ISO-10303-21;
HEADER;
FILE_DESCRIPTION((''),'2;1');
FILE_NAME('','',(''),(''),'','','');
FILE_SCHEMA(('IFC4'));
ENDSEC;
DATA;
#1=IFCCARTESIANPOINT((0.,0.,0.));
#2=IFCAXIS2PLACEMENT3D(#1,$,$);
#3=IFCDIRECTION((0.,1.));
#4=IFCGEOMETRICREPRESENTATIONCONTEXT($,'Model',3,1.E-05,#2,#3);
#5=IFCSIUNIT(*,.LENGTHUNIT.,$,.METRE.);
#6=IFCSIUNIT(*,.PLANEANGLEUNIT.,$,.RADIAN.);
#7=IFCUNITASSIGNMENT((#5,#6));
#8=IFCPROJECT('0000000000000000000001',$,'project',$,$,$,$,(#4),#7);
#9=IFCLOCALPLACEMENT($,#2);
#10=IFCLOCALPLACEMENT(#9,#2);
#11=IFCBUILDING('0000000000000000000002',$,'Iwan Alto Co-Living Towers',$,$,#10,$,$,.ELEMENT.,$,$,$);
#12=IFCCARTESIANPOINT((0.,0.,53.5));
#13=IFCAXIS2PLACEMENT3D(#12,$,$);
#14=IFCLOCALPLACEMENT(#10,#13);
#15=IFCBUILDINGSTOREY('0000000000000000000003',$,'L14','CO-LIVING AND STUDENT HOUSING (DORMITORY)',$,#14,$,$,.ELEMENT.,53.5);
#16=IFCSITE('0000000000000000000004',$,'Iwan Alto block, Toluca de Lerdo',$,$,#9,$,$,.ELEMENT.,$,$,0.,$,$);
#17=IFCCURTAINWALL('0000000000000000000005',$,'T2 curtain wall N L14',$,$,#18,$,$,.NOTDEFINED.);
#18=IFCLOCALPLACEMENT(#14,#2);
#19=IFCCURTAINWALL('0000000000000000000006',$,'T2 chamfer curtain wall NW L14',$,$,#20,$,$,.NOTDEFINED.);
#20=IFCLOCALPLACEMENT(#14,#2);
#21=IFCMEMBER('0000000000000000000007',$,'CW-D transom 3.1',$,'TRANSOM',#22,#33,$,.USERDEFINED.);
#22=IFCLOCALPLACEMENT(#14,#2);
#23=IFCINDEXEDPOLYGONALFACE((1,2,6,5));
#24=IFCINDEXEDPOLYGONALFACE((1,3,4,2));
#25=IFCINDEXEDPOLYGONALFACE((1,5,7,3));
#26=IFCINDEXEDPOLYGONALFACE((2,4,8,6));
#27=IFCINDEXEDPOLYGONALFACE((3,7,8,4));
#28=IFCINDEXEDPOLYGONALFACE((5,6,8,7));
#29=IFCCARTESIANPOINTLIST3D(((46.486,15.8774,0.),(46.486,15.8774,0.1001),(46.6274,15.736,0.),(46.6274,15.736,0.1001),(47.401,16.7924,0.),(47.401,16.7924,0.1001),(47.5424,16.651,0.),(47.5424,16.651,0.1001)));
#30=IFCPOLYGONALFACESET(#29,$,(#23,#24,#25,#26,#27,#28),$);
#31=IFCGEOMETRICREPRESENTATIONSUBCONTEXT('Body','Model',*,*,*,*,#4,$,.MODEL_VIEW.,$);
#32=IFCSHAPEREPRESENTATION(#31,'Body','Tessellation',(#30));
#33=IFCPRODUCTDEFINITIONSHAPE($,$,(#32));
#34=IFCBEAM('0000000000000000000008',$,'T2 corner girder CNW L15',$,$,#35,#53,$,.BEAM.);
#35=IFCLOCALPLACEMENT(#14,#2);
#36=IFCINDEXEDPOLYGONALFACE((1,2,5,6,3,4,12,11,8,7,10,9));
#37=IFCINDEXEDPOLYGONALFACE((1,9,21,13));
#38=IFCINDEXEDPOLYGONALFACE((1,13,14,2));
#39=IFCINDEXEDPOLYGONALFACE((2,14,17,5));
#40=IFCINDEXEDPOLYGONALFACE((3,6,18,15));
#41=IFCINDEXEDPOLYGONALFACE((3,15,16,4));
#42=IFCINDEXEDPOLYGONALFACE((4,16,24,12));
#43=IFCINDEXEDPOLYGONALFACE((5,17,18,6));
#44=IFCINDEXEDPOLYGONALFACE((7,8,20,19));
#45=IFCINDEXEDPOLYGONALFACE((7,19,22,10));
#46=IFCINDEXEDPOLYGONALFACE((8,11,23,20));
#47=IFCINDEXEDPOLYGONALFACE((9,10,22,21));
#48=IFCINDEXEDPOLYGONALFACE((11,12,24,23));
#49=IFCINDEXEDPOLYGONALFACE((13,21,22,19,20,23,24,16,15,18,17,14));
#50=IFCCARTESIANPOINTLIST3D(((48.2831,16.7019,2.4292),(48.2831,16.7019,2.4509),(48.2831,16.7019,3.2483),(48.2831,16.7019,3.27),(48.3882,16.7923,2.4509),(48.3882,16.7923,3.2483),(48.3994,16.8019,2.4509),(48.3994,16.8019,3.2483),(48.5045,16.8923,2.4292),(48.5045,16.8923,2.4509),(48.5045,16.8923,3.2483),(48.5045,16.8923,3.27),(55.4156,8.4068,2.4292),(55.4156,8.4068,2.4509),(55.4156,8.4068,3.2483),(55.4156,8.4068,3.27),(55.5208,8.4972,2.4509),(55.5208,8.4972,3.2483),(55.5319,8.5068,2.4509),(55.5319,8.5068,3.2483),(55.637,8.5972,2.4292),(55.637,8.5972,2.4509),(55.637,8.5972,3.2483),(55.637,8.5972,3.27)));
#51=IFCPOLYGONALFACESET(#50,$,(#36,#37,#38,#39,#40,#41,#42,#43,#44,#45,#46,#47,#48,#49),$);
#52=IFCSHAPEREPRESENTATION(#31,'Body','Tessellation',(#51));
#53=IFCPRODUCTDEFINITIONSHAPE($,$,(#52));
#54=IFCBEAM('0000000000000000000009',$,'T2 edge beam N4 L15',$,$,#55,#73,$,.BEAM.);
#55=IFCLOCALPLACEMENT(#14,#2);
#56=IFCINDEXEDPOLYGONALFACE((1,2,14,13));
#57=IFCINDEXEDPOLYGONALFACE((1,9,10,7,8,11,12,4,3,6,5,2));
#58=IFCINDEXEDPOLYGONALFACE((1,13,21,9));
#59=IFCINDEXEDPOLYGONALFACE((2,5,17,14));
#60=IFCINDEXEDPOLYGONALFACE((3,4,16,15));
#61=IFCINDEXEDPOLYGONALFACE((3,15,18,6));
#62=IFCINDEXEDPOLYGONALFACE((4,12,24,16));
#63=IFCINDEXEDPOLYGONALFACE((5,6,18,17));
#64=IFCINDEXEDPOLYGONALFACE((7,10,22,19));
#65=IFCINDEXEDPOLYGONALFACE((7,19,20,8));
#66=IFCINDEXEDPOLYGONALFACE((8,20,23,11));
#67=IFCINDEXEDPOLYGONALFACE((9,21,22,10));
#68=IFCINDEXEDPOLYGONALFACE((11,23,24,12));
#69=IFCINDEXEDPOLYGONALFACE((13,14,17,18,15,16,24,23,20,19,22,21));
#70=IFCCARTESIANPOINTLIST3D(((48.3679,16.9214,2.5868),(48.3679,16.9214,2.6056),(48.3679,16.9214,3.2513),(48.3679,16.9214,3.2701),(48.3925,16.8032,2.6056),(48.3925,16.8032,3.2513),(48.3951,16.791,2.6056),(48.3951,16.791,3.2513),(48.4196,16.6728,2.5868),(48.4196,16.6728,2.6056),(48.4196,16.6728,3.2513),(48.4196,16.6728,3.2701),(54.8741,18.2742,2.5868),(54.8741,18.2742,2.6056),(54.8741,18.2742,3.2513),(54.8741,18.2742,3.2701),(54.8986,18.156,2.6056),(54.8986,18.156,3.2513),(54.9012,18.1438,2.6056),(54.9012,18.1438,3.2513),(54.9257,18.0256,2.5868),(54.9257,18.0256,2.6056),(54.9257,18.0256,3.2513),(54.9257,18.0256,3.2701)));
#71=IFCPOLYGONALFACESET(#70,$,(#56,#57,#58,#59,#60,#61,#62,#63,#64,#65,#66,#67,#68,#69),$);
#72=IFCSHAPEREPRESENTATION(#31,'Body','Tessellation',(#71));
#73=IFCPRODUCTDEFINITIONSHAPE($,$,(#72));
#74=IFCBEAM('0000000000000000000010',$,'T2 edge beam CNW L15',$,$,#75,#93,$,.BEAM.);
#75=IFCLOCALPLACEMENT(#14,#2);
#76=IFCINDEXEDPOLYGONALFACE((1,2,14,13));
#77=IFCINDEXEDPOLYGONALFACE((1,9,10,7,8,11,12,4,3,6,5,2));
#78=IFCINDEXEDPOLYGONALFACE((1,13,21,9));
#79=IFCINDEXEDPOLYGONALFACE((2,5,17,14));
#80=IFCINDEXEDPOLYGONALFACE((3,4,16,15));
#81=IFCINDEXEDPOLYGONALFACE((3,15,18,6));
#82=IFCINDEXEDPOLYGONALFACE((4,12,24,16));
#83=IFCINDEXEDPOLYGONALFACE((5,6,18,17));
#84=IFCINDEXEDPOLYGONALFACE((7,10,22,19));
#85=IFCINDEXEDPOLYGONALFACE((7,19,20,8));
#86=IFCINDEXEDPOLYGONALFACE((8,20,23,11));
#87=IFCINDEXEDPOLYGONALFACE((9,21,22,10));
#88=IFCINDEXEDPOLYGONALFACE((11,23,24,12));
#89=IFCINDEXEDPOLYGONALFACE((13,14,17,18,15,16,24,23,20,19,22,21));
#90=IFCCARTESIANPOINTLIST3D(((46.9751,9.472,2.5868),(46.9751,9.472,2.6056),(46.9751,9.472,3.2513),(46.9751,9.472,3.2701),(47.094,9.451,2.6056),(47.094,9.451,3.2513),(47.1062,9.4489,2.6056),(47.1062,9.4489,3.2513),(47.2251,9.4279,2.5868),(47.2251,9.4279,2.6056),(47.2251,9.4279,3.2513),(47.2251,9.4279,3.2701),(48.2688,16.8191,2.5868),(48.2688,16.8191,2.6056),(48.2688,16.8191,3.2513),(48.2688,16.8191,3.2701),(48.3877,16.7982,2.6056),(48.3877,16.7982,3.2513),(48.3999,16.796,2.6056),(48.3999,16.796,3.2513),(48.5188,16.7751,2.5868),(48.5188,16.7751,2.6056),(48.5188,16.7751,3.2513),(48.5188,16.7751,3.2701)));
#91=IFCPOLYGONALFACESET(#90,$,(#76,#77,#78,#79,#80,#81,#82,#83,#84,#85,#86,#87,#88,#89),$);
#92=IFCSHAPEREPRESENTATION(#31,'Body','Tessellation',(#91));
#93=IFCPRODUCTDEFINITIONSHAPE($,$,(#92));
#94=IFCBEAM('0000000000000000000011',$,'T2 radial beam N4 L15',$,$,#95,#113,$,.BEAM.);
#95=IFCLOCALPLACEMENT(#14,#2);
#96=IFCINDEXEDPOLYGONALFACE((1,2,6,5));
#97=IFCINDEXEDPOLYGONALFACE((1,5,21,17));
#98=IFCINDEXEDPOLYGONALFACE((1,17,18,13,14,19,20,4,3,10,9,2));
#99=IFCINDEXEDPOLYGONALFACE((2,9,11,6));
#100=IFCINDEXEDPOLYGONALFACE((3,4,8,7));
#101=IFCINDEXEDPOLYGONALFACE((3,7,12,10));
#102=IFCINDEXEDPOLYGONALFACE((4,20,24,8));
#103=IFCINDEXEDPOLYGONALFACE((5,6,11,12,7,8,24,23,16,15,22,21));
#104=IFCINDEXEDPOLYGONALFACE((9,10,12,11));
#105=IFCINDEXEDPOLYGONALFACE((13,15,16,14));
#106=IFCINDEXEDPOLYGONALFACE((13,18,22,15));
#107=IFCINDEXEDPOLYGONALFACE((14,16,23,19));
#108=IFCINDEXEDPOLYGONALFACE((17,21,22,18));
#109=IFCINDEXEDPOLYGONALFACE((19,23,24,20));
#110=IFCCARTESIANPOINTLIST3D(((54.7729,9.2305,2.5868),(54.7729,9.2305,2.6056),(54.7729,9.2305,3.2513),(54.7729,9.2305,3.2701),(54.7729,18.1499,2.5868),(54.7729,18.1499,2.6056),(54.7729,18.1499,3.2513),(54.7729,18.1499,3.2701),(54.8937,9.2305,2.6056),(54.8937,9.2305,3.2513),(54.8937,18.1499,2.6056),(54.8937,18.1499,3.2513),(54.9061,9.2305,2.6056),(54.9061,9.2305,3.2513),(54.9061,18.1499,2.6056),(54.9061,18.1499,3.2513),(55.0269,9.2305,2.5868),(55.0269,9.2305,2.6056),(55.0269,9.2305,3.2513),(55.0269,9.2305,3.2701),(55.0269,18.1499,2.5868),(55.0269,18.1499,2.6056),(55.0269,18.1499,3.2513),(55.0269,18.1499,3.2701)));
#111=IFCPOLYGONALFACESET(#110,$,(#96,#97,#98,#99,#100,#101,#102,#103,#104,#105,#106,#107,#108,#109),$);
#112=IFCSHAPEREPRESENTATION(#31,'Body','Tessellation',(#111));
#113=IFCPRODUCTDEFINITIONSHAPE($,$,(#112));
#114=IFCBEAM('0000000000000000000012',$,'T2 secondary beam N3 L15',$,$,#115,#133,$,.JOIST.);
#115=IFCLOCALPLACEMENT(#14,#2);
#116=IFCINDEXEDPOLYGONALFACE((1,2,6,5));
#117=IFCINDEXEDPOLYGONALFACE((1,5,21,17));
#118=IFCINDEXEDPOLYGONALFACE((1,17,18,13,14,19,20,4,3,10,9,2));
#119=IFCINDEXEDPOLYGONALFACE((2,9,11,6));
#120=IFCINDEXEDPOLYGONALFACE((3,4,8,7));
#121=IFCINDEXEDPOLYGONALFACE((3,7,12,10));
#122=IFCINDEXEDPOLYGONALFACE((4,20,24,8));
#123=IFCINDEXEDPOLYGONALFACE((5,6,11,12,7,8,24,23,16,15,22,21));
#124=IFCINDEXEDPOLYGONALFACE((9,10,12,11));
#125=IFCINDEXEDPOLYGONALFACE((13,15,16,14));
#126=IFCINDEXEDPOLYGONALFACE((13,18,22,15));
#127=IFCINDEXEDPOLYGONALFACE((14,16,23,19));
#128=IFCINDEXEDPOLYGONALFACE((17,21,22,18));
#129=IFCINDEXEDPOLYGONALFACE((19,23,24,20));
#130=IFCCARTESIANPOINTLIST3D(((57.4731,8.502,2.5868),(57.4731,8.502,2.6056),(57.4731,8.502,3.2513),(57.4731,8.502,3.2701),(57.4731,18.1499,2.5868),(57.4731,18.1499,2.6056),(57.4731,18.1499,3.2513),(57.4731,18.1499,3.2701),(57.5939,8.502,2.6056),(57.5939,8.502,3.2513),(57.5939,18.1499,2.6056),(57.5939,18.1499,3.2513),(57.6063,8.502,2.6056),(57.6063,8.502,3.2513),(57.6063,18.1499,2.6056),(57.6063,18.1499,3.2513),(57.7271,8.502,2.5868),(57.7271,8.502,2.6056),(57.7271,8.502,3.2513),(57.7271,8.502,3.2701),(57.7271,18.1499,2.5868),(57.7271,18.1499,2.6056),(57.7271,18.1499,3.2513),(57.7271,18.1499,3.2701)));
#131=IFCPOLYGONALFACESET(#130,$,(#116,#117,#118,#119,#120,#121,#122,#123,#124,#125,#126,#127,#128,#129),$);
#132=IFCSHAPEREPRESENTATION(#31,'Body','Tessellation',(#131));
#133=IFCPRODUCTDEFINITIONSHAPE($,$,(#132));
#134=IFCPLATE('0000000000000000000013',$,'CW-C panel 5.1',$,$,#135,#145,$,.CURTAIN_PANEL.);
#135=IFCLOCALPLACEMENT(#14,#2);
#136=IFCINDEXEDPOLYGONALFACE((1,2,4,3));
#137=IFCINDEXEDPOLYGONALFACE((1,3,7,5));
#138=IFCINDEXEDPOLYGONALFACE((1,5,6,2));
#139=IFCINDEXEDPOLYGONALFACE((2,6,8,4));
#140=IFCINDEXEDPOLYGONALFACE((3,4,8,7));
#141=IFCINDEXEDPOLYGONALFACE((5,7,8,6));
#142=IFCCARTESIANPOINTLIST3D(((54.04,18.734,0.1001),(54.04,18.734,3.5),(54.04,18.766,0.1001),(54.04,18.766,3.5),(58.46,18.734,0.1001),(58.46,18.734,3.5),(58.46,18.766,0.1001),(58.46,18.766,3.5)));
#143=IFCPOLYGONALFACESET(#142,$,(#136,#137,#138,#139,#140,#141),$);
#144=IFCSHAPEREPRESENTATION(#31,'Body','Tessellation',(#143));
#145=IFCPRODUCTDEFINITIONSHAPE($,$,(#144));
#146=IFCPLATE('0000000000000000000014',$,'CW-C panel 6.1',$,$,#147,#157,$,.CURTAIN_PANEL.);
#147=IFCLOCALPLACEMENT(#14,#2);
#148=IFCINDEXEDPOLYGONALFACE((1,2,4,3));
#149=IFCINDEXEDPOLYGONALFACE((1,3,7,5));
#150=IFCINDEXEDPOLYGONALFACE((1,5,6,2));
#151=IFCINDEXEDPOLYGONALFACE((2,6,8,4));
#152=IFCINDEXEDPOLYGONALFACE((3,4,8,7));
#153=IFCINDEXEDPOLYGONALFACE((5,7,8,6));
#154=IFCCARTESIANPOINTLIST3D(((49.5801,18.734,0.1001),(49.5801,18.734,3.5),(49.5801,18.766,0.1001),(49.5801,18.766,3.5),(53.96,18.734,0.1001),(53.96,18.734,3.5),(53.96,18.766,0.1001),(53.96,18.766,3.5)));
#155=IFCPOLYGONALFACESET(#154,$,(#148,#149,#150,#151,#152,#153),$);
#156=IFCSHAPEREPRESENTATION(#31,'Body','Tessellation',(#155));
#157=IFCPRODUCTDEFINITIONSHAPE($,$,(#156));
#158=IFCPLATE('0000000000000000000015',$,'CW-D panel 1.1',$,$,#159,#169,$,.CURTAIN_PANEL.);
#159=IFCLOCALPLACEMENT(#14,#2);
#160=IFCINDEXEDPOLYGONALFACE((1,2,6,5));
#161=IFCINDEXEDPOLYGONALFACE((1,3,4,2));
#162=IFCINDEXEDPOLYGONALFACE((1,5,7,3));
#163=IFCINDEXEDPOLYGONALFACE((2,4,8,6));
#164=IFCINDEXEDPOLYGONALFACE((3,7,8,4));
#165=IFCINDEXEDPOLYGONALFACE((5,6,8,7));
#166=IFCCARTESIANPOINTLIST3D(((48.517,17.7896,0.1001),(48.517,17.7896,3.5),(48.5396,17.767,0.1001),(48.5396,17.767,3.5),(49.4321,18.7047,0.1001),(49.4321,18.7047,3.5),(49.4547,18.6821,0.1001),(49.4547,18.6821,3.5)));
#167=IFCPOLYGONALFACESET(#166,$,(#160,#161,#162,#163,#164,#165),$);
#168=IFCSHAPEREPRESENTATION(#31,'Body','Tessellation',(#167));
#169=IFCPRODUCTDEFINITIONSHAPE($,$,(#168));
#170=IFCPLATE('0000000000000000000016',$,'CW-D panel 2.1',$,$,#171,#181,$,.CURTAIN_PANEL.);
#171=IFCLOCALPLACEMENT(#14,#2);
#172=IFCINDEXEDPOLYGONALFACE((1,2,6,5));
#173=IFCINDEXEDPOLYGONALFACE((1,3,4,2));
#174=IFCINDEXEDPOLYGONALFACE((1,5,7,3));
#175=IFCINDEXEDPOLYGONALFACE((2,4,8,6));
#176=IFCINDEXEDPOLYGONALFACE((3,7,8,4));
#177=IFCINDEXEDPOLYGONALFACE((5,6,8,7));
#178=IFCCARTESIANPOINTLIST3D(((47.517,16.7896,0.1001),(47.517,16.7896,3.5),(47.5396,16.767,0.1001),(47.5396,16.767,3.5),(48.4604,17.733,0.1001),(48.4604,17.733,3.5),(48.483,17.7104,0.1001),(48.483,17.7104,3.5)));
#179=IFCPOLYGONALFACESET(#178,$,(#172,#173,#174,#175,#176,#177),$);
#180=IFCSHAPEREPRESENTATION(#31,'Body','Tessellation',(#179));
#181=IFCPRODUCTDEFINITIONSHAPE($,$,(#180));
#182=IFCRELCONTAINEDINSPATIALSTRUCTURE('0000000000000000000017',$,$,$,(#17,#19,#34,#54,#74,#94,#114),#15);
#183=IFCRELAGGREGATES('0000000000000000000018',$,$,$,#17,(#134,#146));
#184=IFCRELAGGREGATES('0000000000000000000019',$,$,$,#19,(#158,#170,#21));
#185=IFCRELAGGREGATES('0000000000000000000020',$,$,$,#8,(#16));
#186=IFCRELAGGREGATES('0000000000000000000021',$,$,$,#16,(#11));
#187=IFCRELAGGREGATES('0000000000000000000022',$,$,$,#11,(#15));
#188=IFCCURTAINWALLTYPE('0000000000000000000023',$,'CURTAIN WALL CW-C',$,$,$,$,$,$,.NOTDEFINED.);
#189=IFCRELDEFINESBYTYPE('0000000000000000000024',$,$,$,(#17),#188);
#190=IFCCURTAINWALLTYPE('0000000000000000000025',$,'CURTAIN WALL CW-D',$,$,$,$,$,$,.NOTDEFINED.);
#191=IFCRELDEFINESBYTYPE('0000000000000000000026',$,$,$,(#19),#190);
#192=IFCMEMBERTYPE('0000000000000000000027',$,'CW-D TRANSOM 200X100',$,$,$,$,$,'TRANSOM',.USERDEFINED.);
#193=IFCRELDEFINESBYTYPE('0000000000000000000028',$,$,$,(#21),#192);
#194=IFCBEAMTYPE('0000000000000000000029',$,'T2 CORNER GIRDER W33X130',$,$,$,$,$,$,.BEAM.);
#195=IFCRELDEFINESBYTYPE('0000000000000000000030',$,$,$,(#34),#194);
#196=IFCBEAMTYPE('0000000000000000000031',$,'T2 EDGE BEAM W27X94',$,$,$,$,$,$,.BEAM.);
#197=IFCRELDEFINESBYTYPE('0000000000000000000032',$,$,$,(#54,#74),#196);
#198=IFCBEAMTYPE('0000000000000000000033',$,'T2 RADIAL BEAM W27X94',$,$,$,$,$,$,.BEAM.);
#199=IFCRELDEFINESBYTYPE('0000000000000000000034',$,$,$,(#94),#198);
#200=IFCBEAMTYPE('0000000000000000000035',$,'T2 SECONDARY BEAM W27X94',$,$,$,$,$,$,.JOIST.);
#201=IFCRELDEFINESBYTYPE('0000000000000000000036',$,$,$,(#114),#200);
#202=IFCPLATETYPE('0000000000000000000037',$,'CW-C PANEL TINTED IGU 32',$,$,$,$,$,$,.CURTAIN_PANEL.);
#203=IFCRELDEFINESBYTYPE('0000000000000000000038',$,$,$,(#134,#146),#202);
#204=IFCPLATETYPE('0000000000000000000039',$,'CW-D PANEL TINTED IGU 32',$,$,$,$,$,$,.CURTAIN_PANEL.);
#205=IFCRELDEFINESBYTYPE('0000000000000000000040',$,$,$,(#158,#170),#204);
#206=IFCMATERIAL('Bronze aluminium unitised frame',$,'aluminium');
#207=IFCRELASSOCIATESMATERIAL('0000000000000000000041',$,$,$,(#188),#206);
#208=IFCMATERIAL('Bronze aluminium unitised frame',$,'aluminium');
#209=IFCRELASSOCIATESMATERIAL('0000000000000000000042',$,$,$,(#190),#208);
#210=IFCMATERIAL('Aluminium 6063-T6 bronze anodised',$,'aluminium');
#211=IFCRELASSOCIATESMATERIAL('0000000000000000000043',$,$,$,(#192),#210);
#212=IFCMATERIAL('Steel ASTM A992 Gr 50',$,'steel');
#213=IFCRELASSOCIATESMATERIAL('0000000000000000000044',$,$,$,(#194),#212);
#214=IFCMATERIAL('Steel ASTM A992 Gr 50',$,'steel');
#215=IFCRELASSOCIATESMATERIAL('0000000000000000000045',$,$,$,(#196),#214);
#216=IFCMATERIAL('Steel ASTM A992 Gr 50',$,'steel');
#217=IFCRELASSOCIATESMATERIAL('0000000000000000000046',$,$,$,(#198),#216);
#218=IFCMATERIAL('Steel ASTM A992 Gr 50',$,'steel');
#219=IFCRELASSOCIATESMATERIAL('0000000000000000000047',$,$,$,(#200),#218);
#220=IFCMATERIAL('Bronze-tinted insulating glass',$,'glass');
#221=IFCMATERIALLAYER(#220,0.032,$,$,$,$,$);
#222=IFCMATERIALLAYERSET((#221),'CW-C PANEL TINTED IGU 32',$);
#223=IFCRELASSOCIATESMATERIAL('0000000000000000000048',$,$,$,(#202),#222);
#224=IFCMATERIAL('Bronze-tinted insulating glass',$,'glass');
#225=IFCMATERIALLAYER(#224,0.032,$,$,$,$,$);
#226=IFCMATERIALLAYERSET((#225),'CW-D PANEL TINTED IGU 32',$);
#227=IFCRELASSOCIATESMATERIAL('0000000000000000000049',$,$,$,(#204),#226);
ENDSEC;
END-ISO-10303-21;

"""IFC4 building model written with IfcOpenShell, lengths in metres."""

from ifc_helpers import new_model, si_unit, direction, frame, origin, origin_2d, place, context, subcontext, project, spatial, rectangle, i_section, extrude, material, layer, layer_set, material_profile, profile_set, type_object, element, aggregate, save


model = new_model("IFC4")

# Units and contexts
model_context = context("Model", 3, precision=1e-05, world=origin(), true_north=direction((0.0, 1.0)))
body_context = subcontext(model_context, "Body", "Model", "MODEL_VIEW")
ifc_project = project(units=[si_unit("LENGTHUNIT", "METRE"), si_unit("PLANEANGLEUNIT", "RADIAN")], contexts=[model_context])

# Site, building, storey
site_placement = place(None, origin())
site = spatial("IfcSite", under=ifc_project, at=site_placement, Name="Iwan Alto block, Toluca de Lerdo", CompositionType="ELEMENT", RefElevation=0.0)
building_placement = place(site_placement, origin())
building = spatial("IfcBuilding", under=site, at=building_placement, Name="Iwan Alto Co-Living Towers", CompositionType="ELEMENT")
storey_placement = place(building_placement, frame((0.0, 0.0, 53.5)))
storey = spatial("IfcBuildingStorey", under=building, at=storey_placement, Name="L14", Description="CO-LIVING AND STUDENT HOUSING (DORMITORY)", CompositionType="ELEMENT", Elevation=53.5)

# Curtain walls, member
ifc_material_1 = material(Name="Bronze aluminium unitised frame", Category="aluminium")
curtain_wall_type_1 = type_object("IfcCurtainWallType", Name="CURTAIN WALL CW-C", PredefinedType="NOTDEFINED", material=ifc_material_1)
curtain_wall_1_placement = place(storey_placement, origin())
curtain_wall_1 = element("IfcCurtainWall", 1, at=curtain_wall_1_placement, inside=storey, type_object=curtain_wall_type_1, Name="T2 curtain wall N L14", PredefinedType="NOTDEFINED")
ifc_material_2 = material(Name="Bronze aluminium unitised frame", Category="aluminium")
curtain_wall_type_2 = type_object("IfcCurtainWallType", Name="CURTAIN WALL CW-D", PredefinedType="NOTDEFINED", material=ifc_material_2)
curtain_wall_2_placement = place(storey_placement, origin())
curtain_wall_2 = element("IfcCurtainWall", 2, at=curtain_wall_2_placement, inside=storey, type_object=curtain_wall_type_2, Name="T2 chamfer curtain wall NW L14", PredefinedType="NOTDEFINED")
ifc_material_3 = material(Name="Aluminium 6063-T6 bronze anodised", Category="aluminium")
ifc_material_profile_1 = material_profile(ifc_material_3, rectangle(XDim=0.2, YDim=0.1001, at=origin_2d()), Name="AL 200X100")
ifc_profile_set_1 = profile_set([ifc_material_profile_1], Name="Aluminium 6063-T6 bronze anodised")
member_type_1 = type_object("IfcMemberType", Name="CW-D TRANSOM 200X100", ElementType="TRANSOM", PredefinedType="USERDEFINED", material=ifc_profile_set_1)
member_1_placement = place(storey_placement, frame((47.4717, 16.7217, 0.05), z_axis=(-0.707107, -0.707107, 0.0), x_axis=(0.707107, -0.707107, 0.0)))
member_1 = element("IfcMember", 3, at=member_1_placement, type_object=member_type_1, Name="CW-D transom 3.1", ObjectType="TRANSOM", PredefinedType="USERDEFINED", context=body_context, shape_type="SweptSolid", body=[
    extrude(rectangle(XDim=0.2, YDim=0.1001, at=origin_2d()), origin(), (0.0, 0.0, 1.0), 1.2939),
])

# Beams
ifc_material_4 = material(Name="Steel ASTM A992 Gr 50", Category="steel")
ifc_material_profile_2 = material_profile(ifc_material_4, i_section(OverallWidth=0.292, OverallDepth=0.8408, WebThickness=0.0146, FlangeThickness=0.0217, at=origin_2d()), Name="W33X130")
ifc_profile_set_2 = profile_set([ifc_material_profile_2], Name="Steel ASTM A992 Gr 50")
beam_type_1 = type_object("IfcBeamType", Name="T2 CORNER GIRDER W33X130", PredefinedType="BEAM", material=ifc_profile_set_2)
beam_1_placement = place(storey_placement, frame((48.3938, 16.7971, 2.8496), z_axis=(0.651972, -0.758243, 0.0), x_axis=(0.758243, 0.651972, 0.0)))
element("IfcBeam", 4, at=beam_1_placement, inside=storey, type_object=beam_type_1, Name="T2 corner girder CNW L15", PredefinedType="BEAM", context=body_context, shape_type="SweptSolid", body=[
    extrude(i_section(OverallWidth=0.292, OverallDepth=0.8408, WebThickness=0.0146, FlangeThickness=0.0217, at=origin_2d()), origin(), (0.0, 0.0, 1.0), 10.9399),
])
ifc_material_5 = material(Name="Steel ASTM A992 Gr 50", Category="steel")
ifc_material_profile_3 = material_profile(ifc_material_5, i_section(OverallWidth=0.2539, OverallDepth=0.6833, WebThickness=0.0125, FlangeThickness=0.0188, at=origin_2d()), Name="W27X94")
ifc_profile_set_3 = profile_set([ifc_material_profile_3], Name="Steel ASTM A992 Gr 50")
beam_type_2 = type_object("IfcBeamType", Name="T2 EDGE BEAM W27X94", PredefinedType="BEAM", material=ifc_profile_set_3)
beam_2_placement = place(storey_placement, frame((54.8999, 18.1499, 2.9285), z_axis=(-0.97906, -0.203571, 0.0), x_axis=(0.203571, -0.97906, 0.0)))
element("IfcBeam", 5, at=beam_2_placement, inside=storey, type_object=beam_type_2, Name="T2 edge beam N4 L15", PredefinedType="BEAM", context=body_context, shape_type="SweptSolid", body=[
    extrude(i_section(OverallWidth=0.2539, OverallDepth=0.6833, WebThickness=0.0125, FlangeThickness=0.0188, at=origin_2d()), origin(), (0.0, 0.0, 1.0), 6.6453),
])
beam_3_placement = place(storey_placement, frame((48.3938, 16.7971, 2.9285), z_axis=(-0.173414, -0.984849, 0.0), x_axis=(0.984849, -0.173414, 0.0)))
element("IfcBeam", 6, at=beam_3_placement, inside=storey, type_object=beam_type_2, Name="T2 edge beam CNW L15", PredefinedType="BEAM", context=body_context, shape_type="SweptSolid", body=[
    extrude(i_section(OverallWidth=0.2539, OverallDepth=0.6833, WebThickness=0.0125, FlangeThickness=0.0188, at=origin_2d()), origin(), (0.0, 0.0, 1.0), 7.4602),
])
ifc_material_6 = material(Name="Steel ASTM A992 Gr 50", Category="steel")
ifc_material_profile_4 = material_profile(ifc_material_6, i_section(OverallWidth=0.2539, OverallDepth=0.6833, WebThickness=0.0125, FlangeThickness=0.0188, at=origin_2d()), Name="W27X94")
ifc_profile_set_4 = profile_set([ifc_material_profile_4], Name="Steel ASTM A992 Gr 50")
beam_type_3 = type_object("IfcBeamType", Name="T2 RADIAL BEAM W27X94", PredefinedType="BEAM", material=ifc_profile_set_4)
beam_4_placement = place(storey_placement, frame((54.8999, 18.1499, 2.9285), z_axis=(0.0, -1.0, 0.0), x_axis=(1.0, 0.0, 0.0)))
element("IfcBeam", 7, at=beam_4_placement, inside=storey, type_object=beam_type_3, Name="T2 radial beam N4 L15", PredefinedType="BEAM", context=body_context, shape_type="SweptSolid", body=[
    extrude(i_section(OverallWidth=0.2539, OverallDepth=0.6833, WebThickness=0.0125, FlangeThickness=0.0188, at=origin_2d()), origin(), (0.0, 0.0, 1.0), 8.9194),
])
ifc_material_7 = material(Name="Steel ASTM A992 Gr 50", Category="steel")
ifc_material_profile_5 = material_profile(ifc_material_7, i_section(OverallWidth=0.2539, OverallDepth=0.6833, WebThickness=0.0125, FlangeThickness=0.0188, at=origin_2d()), Name="W27X94")
ifc_profile_set_5 = profile_set([ifc_material_profile_5], Name="Steel ASTM A992 Gr 50")
beam_type_4 = type_object("IfcBeamType", Name="T2 SECONDARY BEAM W27X94", PredefinedType="JOIST", material=ifc_profile_set_5)
beam_5_placement = place(storey_placement, frame((57.6001, 18.1499, 2.9285), z_axis=(0.0, -1.0, 0.0), x_axis=(1.0, 0.0, 0.0)))
element("IfcBeam", 8, at=beam_5_placement, inside=storey, type_object=beam_type_4, Name="T2 secondary beam N3 L15", PredefinedType="JOIST", context=body_context, shape_type="SweptSolid", body=[
    extrude(i_section(OverallWidth=0.2539, OverallDepth=0.6833, WebThickness=0.0125, FlangeThickness=0.0188, at=origin_2d()), origin(), (0.0, 0.0, 1.0), 9.6479),
])

# Plates
ifc_material_8 = material(Name="Bronze-tinted insulating glass", Category="glass")
ifc_layer_1 = layer(ifc_material_8, 0.032)
ifc_layer_set_1 = layer_set([ifc_layer_1], Name="CW-C PANEL TINTED IGU 32")
plate_type_1 = type_object("IfcPlateType", Name="CW-C PANEL TINTED IGU 32", PredefinedType="CURTAIN_PANEL", material=ifc_layer_set_1)
plate_1_placement = place(storey_placement, frame((56.25, 18.75, 0.1001), z_axis=(0.0, 0.0, 1.0), x_axis=(-1.0, 0.0, 0.0)))
plate_1 = element("IfcPlate", 9, at=plate_1_placement, type_object=plate_type_1, Name="CW-C panel 5.1", PredefinedType="CURTAIN_PANEL", context=body_context, shape_type="SweptSolid", body=[
    extrude(rectangle(XDim=4.4199, YDim=0.032, at=origin_2d()), origin(), (0.0, 0.0, 1.0), 3.3999),
])
plate_2_placement = place(storey_placement, frame((51.77, 18.75, 0.1001), z_axis=(0.0, 0.0, 1.0), x_axis=(-1.0, 0.0, 0.0)))
plate_2 = element("IfcPlate", 10, at=plate_2_placement, type_object=plate_type_1, Name="CW-C panel 6.1", PredefinedType="CURTAIN_PANEL", context=body_context, shape_type="SweptSolid", body=[
    extrude(rectangle(XDim=4.3799, YDim=0.032, at=origin_2d()), origin(), (0.0, 0.0, 1.0), 3.3999),
])
aggregate(curtain_wall_1, [plate_1, plate_2])
ifc_material_9 = material(Name="Bronze-tinted insulating glass", Category="glass")
ifc_layer_2 = layer(ifc_material_9, 0.032)
ifc_layer_set_2 = layer_set([ifc_layer_2], Name="CW-D PANEL TINTED IGU 32")
plate_type_2 = type_object("IfcPlateType", Name="CW-D PANEL TINTED IGU 32", PredefinedType="CURTAIN_PANEL", material=ifc_layer_set_2)
plate_3_placement = place(storey_placement, frame((48.9858, 18.2358, 0.1001), z_axis=(0.0, 0.0, 1.0), x_axis=(-0.707107, -0.707107, 0.0)))
plate_3 = element("IfcPlate", 11, at=plate_3_placement, type_object=plate_type_2, Name="CW-D panel 1.1", PredefinedType="CURTAIN_PANEL", context=body_context, shape_type="SweptSolid", body=[
    extrude(rectangle(XDim=1.2942, YDim=0.032, at=origin_2d()), origin(), (0.0, 0.0, 1.0), 3.3999),
])
plate_4_placement = place(storey_placement, frame((48.0, 17.25, 0.1001), z_axis=(0.0, 0.0, 1.0), x_axis=(-0.707107, -0.707107, 0.0)))
plate_4 = element("IfcPlate", 12, at=plate_4_placement, type_object=plate_type_2, Name="CW-D panel 2.1", PredefinedType="CURTAIN_PANEL", context=body_context, shape_type="SweptSolid", body=[
    extrude(rectangle(XDim=1.3342, YDim=0.032, at=origin_2d()), origin(), (0.0, 0.0, 1.0), 3.3999),
])
aggregate(curtain_wall_2, [plate_3, plate_4, member_1])

save(model, "model.ifc")
